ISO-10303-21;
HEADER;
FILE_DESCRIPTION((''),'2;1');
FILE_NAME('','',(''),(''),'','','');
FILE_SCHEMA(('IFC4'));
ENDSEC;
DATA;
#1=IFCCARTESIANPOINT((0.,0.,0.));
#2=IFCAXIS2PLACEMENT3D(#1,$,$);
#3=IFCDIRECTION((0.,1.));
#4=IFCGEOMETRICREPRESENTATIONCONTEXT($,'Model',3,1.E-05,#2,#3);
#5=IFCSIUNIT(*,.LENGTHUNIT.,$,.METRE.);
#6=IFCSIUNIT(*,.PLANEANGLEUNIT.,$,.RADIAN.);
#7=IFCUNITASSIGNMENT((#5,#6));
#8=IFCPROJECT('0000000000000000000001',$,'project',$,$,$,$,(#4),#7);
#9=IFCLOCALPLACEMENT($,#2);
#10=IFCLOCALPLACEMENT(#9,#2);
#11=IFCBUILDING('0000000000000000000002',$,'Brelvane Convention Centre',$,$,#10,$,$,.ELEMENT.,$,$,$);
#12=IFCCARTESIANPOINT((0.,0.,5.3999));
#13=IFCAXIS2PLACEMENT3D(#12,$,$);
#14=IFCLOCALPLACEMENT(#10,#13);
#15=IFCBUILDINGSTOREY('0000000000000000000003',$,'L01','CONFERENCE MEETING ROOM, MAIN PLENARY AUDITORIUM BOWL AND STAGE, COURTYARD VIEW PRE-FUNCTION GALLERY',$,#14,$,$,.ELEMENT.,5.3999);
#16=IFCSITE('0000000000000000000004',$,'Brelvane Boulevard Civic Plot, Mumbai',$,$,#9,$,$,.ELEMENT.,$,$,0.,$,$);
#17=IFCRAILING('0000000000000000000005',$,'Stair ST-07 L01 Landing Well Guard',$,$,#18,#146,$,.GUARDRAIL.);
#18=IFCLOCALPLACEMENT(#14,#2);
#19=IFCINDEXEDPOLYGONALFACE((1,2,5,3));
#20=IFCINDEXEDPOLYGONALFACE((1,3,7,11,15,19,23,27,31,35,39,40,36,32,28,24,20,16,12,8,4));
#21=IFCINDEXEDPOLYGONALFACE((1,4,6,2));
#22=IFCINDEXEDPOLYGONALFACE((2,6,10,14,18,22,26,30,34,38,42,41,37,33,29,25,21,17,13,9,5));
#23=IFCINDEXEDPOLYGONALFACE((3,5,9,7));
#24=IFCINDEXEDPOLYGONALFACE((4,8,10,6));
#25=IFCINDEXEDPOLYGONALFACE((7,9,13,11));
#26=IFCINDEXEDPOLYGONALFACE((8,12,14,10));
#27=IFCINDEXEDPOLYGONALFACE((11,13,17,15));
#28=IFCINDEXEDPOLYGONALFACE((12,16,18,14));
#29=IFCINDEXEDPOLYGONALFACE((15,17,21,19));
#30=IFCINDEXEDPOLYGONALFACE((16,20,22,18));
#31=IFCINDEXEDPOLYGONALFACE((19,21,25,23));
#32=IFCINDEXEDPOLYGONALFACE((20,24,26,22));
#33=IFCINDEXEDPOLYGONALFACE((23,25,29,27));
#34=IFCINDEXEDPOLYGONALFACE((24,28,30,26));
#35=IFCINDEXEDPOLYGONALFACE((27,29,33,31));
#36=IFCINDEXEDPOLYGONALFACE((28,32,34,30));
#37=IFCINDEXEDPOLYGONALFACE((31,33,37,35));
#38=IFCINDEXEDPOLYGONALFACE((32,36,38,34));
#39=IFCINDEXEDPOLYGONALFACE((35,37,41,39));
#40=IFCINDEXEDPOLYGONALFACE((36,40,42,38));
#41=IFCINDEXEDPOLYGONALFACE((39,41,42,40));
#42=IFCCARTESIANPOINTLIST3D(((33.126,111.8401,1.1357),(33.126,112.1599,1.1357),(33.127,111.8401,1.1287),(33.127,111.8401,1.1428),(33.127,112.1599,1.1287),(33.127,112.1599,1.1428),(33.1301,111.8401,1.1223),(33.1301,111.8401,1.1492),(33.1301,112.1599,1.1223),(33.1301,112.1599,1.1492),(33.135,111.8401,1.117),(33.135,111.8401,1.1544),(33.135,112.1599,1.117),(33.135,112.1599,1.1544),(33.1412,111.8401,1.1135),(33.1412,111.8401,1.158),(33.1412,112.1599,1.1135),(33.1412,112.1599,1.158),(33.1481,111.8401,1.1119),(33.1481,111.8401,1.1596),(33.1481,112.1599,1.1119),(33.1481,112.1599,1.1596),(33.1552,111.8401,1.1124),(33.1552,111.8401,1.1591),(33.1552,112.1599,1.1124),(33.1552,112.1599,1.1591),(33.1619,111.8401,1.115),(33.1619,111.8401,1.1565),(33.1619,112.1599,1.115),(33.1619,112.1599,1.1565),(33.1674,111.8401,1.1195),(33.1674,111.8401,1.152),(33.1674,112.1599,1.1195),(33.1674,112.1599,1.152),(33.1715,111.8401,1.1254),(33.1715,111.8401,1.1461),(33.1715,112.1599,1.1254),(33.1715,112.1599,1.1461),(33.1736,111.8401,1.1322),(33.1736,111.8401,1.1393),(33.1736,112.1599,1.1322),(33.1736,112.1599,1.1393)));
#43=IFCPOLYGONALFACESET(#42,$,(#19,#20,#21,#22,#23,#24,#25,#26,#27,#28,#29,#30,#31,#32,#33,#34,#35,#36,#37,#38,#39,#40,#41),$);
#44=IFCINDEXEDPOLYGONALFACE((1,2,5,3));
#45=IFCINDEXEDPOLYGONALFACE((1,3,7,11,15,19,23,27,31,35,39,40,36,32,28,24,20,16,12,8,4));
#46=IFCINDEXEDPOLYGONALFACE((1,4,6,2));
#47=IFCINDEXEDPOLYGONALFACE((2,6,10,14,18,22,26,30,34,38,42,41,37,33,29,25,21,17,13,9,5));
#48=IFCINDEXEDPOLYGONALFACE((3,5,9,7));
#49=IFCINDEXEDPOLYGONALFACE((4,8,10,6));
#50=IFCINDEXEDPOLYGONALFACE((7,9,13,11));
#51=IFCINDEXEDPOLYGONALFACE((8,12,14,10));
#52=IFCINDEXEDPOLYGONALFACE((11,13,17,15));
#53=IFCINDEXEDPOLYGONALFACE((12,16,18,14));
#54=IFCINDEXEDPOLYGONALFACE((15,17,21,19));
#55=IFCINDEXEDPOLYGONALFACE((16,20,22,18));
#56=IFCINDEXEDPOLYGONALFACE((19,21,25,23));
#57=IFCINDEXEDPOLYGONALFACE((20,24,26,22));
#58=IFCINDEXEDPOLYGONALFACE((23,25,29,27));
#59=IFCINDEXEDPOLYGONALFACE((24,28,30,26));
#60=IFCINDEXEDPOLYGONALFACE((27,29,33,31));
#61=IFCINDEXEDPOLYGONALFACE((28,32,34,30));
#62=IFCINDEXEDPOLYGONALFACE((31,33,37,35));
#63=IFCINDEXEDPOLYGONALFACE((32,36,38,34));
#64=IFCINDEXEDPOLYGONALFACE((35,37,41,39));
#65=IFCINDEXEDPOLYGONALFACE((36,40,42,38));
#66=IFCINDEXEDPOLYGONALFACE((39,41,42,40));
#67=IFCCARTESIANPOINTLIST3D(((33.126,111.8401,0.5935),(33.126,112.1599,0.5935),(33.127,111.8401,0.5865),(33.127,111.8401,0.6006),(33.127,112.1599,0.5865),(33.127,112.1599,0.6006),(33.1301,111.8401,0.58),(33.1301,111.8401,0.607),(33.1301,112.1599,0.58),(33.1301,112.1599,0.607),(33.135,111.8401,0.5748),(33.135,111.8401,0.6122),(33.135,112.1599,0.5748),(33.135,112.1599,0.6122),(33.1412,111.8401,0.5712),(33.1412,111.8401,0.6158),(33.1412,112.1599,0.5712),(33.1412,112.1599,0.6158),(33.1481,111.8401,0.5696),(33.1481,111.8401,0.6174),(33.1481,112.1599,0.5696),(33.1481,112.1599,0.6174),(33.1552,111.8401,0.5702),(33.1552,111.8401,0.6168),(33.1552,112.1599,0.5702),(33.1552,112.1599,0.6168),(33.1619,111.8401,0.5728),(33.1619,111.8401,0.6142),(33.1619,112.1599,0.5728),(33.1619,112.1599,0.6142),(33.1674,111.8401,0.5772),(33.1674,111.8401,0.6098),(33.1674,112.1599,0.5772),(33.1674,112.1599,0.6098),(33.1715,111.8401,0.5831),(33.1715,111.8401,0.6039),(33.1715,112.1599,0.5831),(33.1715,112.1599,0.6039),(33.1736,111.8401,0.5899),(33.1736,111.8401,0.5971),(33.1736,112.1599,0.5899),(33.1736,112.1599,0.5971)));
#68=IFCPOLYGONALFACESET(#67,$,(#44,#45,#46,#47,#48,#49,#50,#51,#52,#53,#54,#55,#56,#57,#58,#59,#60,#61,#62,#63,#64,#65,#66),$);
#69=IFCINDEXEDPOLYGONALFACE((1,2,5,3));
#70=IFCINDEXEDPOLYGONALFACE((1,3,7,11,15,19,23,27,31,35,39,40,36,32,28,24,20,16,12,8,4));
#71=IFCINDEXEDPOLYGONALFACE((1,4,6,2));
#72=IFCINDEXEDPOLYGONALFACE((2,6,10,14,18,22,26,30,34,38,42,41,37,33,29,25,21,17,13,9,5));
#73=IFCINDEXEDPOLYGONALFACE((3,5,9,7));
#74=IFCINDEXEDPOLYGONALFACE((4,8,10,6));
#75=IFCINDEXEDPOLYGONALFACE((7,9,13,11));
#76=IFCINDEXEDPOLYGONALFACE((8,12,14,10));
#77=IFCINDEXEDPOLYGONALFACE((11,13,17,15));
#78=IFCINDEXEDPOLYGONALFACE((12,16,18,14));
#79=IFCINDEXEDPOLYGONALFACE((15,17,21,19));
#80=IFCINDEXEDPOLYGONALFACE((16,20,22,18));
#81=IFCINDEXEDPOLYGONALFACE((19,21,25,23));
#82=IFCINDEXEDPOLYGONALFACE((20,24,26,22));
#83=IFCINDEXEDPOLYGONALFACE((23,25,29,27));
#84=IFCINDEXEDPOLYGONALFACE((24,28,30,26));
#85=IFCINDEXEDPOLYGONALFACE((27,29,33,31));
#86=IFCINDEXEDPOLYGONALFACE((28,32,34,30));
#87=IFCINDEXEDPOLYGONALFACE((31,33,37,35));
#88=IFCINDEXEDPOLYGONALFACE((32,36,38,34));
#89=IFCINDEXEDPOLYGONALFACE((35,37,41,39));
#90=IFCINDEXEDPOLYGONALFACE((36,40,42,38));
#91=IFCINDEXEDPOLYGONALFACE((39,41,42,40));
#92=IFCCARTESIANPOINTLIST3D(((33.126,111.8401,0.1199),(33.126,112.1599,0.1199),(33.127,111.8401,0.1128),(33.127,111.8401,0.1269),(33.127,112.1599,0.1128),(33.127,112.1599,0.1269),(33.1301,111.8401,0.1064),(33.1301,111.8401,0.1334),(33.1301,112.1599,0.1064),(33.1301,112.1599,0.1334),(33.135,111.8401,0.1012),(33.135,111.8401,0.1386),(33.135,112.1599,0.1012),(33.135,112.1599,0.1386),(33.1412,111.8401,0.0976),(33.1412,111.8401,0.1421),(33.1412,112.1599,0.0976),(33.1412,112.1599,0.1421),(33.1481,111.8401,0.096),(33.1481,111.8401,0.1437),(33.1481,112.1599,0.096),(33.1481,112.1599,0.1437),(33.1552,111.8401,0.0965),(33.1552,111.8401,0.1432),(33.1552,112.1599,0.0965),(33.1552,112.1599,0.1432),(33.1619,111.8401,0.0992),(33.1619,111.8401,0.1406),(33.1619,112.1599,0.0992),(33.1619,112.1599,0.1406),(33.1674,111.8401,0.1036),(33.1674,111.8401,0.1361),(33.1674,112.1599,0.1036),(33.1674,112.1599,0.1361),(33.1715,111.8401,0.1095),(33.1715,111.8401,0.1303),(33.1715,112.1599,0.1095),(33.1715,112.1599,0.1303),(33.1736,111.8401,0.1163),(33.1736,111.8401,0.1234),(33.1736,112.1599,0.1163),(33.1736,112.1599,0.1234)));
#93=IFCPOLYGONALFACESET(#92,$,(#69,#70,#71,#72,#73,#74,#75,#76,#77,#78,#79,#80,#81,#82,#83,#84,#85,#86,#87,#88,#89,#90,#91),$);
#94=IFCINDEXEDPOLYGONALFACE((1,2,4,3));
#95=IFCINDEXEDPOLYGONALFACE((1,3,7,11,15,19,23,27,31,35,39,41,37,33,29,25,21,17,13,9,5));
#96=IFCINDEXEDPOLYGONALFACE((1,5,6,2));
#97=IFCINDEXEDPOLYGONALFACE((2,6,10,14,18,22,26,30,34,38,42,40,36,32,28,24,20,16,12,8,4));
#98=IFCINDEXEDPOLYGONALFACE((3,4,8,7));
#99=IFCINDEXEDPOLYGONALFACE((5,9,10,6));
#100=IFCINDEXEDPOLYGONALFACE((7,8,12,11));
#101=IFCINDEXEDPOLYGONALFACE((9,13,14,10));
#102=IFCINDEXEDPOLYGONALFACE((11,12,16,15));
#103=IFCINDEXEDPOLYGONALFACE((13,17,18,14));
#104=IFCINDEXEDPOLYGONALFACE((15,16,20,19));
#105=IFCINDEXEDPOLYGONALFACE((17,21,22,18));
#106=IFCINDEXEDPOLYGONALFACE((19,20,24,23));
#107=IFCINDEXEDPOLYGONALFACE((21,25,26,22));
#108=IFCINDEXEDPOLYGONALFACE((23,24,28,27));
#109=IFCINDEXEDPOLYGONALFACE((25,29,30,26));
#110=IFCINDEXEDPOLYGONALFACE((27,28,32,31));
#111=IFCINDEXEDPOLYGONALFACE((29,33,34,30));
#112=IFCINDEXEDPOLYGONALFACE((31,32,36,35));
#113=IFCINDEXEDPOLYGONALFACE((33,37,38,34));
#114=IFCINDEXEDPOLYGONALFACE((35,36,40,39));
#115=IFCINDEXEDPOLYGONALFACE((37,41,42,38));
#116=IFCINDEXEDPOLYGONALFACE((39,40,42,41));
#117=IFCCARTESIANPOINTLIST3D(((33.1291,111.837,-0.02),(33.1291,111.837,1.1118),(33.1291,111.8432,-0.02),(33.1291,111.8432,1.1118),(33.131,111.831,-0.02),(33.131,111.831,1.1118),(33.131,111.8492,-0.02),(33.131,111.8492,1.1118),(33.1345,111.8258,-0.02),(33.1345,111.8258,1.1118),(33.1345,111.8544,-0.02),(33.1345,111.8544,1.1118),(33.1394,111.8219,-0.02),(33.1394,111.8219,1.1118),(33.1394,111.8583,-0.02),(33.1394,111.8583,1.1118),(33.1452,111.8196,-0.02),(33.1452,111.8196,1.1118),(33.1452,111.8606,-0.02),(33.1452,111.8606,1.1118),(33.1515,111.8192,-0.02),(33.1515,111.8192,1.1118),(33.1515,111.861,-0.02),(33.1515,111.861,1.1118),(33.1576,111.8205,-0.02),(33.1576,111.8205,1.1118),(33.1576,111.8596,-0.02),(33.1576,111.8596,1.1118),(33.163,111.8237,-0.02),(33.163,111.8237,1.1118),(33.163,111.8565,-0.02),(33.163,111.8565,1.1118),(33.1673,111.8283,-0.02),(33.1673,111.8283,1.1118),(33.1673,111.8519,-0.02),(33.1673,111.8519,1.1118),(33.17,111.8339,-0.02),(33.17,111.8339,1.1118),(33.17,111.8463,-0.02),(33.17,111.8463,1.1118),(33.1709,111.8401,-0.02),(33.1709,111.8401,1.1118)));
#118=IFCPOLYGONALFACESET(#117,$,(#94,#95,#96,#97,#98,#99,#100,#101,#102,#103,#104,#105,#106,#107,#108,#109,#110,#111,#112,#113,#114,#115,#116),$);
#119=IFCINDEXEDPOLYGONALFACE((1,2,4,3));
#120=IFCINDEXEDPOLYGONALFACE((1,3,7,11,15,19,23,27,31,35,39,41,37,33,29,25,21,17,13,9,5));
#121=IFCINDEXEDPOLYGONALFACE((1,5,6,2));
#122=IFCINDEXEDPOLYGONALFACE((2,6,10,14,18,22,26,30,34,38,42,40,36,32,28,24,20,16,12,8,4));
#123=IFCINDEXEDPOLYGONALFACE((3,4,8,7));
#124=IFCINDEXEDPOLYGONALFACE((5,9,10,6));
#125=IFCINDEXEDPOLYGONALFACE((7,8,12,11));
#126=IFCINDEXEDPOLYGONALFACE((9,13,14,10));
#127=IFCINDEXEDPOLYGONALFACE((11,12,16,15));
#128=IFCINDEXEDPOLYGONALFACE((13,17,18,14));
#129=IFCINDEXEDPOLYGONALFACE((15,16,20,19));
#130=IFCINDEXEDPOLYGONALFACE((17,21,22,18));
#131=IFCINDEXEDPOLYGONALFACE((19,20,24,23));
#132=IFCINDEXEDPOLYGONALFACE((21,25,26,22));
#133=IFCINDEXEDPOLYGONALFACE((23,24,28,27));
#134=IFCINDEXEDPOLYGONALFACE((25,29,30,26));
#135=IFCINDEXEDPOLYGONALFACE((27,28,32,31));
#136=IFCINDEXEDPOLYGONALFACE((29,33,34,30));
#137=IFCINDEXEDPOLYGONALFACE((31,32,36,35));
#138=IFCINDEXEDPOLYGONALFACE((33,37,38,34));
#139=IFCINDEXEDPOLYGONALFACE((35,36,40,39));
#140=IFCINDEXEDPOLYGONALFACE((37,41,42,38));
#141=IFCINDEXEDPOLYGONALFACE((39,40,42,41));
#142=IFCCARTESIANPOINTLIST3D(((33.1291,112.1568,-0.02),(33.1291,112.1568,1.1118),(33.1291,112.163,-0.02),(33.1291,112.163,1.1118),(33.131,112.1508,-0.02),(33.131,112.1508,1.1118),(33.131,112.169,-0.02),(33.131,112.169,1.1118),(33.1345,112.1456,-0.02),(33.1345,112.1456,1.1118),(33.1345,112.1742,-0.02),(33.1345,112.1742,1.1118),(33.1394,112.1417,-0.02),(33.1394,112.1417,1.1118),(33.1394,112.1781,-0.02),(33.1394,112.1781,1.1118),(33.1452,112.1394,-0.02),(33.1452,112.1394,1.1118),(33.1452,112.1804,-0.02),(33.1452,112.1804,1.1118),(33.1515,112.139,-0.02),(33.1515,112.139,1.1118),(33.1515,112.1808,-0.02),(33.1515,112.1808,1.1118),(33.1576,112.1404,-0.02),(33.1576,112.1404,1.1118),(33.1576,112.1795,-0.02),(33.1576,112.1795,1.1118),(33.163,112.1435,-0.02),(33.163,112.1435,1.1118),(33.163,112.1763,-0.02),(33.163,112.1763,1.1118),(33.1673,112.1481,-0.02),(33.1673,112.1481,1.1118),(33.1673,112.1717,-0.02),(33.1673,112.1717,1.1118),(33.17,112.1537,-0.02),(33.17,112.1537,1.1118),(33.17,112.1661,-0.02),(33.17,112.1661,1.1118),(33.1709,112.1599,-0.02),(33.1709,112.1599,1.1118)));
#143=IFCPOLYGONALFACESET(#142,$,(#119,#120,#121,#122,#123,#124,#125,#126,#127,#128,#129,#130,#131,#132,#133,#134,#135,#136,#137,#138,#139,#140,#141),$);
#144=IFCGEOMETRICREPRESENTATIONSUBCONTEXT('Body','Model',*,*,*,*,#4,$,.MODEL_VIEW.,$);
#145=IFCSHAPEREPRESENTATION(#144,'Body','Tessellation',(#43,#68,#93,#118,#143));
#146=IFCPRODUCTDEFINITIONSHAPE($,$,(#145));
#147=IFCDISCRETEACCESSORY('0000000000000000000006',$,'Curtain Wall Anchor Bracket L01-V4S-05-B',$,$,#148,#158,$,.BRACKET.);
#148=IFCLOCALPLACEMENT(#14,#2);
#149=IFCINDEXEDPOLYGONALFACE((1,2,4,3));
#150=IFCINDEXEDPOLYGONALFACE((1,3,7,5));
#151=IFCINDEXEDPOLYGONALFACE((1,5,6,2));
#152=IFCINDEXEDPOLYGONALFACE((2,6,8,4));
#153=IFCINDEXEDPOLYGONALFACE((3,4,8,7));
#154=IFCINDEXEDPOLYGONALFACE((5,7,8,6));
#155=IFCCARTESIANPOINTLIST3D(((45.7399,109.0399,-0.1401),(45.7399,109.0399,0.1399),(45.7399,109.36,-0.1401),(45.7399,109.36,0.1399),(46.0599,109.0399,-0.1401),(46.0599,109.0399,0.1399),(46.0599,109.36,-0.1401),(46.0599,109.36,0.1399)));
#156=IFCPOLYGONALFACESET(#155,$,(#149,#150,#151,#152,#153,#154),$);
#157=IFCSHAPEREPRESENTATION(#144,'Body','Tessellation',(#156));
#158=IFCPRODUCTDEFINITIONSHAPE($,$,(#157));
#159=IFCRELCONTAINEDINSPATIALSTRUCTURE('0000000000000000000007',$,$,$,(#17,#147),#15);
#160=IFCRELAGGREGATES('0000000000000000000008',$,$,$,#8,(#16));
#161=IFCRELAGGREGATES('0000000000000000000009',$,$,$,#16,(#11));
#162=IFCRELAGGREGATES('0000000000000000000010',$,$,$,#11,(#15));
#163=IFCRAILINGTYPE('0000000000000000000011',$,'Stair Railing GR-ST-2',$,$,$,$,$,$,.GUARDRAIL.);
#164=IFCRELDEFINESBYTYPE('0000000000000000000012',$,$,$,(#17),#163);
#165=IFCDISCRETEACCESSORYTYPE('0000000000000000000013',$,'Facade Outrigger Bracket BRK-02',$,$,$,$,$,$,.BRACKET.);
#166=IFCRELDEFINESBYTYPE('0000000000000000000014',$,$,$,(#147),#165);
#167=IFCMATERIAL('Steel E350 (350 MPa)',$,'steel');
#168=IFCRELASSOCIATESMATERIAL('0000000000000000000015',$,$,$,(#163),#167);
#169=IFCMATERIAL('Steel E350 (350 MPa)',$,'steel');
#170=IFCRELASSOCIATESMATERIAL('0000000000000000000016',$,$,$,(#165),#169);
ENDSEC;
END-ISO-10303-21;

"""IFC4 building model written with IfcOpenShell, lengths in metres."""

from ifc_helpers import new_model, si_unit, direction, frame, origin, origin_2d, place, context, subcontext, project, spatial, rectangle, circle, extrude, material, type_object, element, save


model = new_model("IFC4")

# Units and contexts
model_context = context("Model", 3, precision=1e-05, world=origin(), true_north=direction((0.0, 1.0)))
body_context = subcontext(model_context, "Body", "Model", "MODEL_VIEW")
ifc_project = project(units=[si_unit("LENGTHUNIT", "METRE"), si_unit("PLANEANGLEUNIT", "RADIAN")], contexts=[model_context])

# Site, building, storey
site_placement = place(None, origin())
site = spatial("IfcSite", under=ifc_project, at=site_placement, Name="Brelvane Boulevard Civic Plot, Mumbai", CompositionType="ELEMENT", RefElevation=0.0)
building_placement = place(site_placement, origin())
building = spatial("IfcBuilding", under=site, at=building_placement, Name="Brelvane Convention Centre", CompositionType="ELEMENT")
storey_placement = place(building_placement, frame((0.0, 0.0, 5.3999)))
storey = spatial("IfcBuildingStorey", under=building, at=storey_placement, Name="L01", Description="CONFERENCE MEETING ROOM, MAIN PLENARY AUDITORIUM BOWL AND STAGE, COURTYARD VIEW PRE-FUNCTION GALLERY", CompositionType="ELEMENT", Elevation=5.3999)

# Railing
ifc_material_1 = material(Name="Steel E350 (350 MPa)", Category="steel")
railing_type_1 = type_object("IfcRailingType", Name="Stair Railing GR-ST-2", PredefinedType="GUARDRAIL", material=ifc_material_1)
railing_1_placement = place(storey_placement, frame((33.1499, 111.8401, -0.02)))
element("IfcRailing", 1, at=railing_1_placement, inside=storey, type_object=railing_type_1, Name="Stair ST-07 L01 Landing Well Guard", PredefinedType="GUARDRAIL", context=body_context, shape_type="SweptSolid", body=[
    extrude(circle(Radius=0.0239, at=origin_2d()), frame((0.0, 0.0, 1.1558), z_axis=(0.0, 1.0, 0.0), x_axis=(-1.0, 0.0, 0.0)), (0.0, 0.0, 1.0), 0.3198),
    extrude(circle(Radius=0.0239, at=origin_2d()), frame((0.0, 0.0, 0.6135), z_axis=(0.0, 1.0, 0.0), x_axis=(-1.0, 0.0, 0.0)), (0.0, 0.0, 1.0), 0.3198),
    extrude(circle(Radius=0.0239, at=origin_2d()), frame((0.0, 0.0, 0.1399), z_axis=(0.0, 1.0, 0.0), x_axis=(-1.0, 0.0, 0.0)), (0.0, 0.0, 1.0), 0.3198),
    extrude(circle(Radius=0.021, at=origin_2d()), origin(), (0.0, 0.0, 1.0), 1.1318),
    extrude(circle(Radius=0.021, at=origin_2d()), frame((0.0, 0.3198, 0.0)), (0.0, 0.0, 1.0), 1.1318),
])

# Discrete accessory
ifc_material_2 = material(Name="Steel E350 (350 MPa)", Category="steel")
discrete_accessory_type = type_object("IfcDiscreteAccessoryType", Name="Facade Outrigger Bracket BRK-02", PredefinedType="BRACKET", material=ifc_material_2)
discrete_accessory_placement = place(storey_placement, frame((45.8999, 109.2, -0.1401), z_axis=(0.0, 0.0, 1.0), x_axis=(1.0, 0.0, 0.0)))
element("IfcDiscreteAccessory", 2, at=discrete_accessory_placement, inside=storey, type_object=discrete_accessory_type, Name="Curtain Wall Anchor Bracket L01-V4S-05-B", PredefinedType="BRACKET", context=body_context, shape_type="SweptSolid", body=[
    extrude(rectangle(XDim=0.3201, YDim=0.3201, at=origin_2d()), origin(), (0.0, 0.0, 1.0), 0.28),
])

save(model, "model.ifc")
